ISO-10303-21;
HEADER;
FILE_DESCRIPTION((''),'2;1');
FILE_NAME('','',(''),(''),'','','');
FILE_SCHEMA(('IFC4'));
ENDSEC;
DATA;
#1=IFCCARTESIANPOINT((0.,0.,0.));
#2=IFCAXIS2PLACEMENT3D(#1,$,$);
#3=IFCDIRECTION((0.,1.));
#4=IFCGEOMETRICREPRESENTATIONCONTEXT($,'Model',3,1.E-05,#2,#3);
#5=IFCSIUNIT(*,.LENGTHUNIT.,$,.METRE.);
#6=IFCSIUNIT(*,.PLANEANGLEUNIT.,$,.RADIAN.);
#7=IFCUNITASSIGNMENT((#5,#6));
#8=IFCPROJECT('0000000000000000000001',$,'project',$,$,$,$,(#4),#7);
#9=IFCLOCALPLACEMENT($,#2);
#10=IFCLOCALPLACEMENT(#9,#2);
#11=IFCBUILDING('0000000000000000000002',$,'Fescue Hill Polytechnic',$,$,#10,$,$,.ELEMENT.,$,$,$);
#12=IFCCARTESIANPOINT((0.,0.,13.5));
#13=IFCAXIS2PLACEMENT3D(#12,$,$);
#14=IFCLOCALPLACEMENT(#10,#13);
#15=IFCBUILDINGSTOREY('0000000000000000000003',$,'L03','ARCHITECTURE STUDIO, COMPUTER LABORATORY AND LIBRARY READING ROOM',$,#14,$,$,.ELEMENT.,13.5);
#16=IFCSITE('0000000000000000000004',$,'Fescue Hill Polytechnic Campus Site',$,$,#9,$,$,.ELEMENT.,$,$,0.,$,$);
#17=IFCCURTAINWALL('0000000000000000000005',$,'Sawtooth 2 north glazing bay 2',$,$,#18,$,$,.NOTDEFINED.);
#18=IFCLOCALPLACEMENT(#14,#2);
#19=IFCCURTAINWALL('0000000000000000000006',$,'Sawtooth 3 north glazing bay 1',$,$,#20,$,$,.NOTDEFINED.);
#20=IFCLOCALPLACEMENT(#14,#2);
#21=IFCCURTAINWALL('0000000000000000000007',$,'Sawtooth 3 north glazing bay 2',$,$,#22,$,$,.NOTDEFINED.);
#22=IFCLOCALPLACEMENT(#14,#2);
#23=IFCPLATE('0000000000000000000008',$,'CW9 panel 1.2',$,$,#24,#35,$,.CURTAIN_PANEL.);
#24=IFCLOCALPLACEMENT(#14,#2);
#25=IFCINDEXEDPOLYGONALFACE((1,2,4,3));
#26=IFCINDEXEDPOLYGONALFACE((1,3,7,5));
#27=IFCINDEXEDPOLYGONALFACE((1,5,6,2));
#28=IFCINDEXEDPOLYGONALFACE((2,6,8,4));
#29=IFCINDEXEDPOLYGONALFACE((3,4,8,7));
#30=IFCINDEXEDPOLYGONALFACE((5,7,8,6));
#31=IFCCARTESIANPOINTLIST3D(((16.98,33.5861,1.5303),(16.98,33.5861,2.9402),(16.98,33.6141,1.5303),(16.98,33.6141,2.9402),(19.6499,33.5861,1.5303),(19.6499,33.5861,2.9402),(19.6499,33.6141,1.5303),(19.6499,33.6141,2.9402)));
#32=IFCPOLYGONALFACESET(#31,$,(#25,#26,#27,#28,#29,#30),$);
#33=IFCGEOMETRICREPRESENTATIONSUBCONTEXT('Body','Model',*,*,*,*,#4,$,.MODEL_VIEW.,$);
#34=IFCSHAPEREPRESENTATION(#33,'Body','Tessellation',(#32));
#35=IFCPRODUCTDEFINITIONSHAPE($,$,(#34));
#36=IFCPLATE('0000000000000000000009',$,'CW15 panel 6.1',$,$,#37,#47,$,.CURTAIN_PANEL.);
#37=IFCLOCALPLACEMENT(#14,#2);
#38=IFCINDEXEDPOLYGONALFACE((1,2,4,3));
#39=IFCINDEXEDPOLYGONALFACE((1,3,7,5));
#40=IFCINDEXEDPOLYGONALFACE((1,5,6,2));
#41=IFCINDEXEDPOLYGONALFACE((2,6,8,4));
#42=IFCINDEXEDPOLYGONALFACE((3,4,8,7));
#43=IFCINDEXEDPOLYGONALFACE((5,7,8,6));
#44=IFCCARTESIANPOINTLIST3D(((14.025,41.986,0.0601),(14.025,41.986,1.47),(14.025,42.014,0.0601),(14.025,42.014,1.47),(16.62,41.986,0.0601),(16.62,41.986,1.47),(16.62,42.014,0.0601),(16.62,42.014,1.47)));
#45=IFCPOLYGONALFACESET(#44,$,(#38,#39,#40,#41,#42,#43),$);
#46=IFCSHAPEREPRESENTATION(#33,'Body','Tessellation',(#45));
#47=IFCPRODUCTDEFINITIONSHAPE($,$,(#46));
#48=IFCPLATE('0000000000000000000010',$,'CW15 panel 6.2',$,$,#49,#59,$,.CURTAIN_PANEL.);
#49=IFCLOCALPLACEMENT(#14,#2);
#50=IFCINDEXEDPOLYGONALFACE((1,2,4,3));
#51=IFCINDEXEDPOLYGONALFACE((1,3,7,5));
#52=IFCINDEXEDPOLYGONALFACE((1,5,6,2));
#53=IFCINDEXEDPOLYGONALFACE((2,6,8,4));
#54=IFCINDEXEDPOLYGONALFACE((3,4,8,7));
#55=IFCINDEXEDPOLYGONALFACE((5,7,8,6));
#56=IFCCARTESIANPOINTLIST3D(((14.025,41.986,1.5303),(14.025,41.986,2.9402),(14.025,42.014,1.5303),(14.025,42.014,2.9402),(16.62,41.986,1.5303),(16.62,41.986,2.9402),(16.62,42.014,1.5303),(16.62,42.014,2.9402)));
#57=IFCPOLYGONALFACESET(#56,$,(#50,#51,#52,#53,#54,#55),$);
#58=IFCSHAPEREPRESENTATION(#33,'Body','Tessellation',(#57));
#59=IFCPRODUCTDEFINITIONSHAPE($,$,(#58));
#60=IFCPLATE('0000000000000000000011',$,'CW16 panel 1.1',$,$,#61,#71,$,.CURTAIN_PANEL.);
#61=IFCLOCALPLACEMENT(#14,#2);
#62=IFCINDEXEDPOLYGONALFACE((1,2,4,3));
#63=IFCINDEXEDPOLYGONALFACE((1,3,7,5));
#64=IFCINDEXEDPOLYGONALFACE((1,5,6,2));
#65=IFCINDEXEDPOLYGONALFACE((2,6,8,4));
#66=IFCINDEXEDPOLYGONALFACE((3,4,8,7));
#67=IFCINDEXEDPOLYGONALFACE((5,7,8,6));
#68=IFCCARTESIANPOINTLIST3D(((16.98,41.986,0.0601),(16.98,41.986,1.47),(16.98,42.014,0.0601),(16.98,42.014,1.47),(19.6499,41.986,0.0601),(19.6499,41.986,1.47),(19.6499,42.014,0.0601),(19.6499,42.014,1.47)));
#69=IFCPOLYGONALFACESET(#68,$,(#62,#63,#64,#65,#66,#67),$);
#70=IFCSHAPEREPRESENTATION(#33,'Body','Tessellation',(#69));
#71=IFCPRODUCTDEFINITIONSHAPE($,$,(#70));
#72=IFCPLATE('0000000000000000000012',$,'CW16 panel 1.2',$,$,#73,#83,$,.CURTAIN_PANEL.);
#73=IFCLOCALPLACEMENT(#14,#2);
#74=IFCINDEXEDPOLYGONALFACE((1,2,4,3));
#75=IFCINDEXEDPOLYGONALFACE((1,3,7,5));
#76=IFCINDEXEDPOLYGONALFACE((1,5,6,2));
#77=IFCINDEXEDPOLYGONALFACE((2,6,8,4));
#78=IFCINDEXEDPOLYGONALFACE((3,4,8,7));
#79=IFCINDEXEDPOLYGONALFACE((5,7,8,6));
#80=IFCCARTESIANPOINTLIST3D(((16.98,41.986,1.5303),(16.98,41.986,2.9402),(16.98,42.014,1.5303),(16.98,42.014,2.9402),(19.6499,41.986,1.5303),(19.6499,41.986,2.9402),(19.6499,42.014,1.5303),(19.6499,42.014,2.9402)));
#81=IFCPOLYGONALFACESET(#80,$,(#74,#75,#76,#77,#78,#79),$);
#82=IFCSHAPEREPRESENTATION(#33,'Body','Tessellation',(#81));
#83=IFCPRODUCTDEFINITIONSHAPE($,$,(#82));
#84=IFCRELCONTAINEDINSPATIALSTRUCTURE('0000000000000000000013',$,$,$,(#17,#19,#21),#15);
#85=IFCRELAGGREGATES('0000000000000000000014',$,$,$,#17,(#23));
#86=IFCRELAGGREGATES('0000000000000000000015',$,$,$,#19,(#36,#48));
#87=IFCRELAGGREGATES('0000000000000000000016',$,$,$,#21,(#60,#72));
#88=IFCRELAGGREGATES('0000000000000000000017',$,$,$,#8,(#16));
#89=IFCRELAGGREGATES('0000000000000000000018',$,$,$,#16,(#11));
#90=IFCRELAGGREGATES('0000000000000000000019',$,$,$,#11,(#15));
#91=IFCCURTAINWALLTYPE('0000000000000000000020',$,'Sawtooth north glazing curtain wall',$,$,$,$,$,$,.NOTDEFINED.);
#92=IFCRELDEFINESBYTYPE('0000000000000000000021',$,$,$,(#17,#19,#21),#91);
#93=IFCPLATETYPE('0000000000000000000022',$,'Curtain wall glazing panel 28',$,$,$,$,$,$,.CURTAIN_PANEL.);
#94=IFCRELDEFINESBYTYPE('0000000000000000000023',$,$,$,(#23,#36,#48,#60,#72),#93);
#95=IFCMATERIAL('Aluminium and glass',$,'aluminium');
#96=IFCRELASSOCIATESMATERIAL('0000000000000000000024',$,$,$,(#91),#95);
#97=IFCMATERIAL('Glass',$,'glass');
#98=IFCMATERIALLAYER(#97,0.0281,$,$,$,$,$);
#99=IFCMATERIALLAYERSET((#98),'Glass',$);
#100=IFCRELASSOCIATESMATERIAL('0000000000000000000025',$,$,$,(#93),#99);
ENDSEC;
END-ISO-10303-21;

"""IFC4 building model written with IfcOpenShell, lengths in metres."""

from ifc_helpers import new_model, si_unit, direction, frame, origin, origin_2d, place, context, subcontext, project, spatial, rectangle, extrude, material, layer, layer_set, type_object, element, aggregate, save


model = new_model("IFC4")

# Units and contexts
model_context = context("Model", 3, precision=1e-05, world=origin(), true_north=direction((0.0, 1.0)))
body_context = subcontext(model_context, "Body", "Model", "MODEL_VIEW")
ifc_project = project(units=[si_unit("LENGTHUNIT", "METRE"), si_unit("PLANEANGLEUNIT", "RADIAN")], contexts=[model_context])

# Site, building, storey
site_placement = place(None, origin())
site = spatial("IfcSite", under=ifc_project, at=site_placement, Name="Fescue Hill Polytechnic Campus Site", CompositionType="ELEMENT", RefElevation=0.0)
building_placement = place(site_placement, origin())
building = spatial("IfcBuilding", under=site, at=building_placement, Name="Fescue Hill Polytechnic", CompositionType="ELEMENT")
storey_placement = place(building_placement, frame((0.0, 0.0, 13.5)))
storey = spatial("IfcBuildingStorey", under=building, at=storey_placement, Name="L03", Description="ARCHITECTURE STUDIO, COMPUTER LABORATORY AND LIBRARY READING ROOM", CompositionType="ELEMENT", Elevation=13.5)

# Curtain wall
ifc_material_1 = material(Name="Aluminium and glass", Category="aluminium")
curtain_wall_type = type_object("IfcCurtainWallType", Name="Sawtooth north glazing curtain wall", PredefinedType="NOTDEFINED", material=ifc_material_1)
curtain_wall_1_placement = place(storey_placement, origin())
curtain_wall_1 = element("IfcCurtainWall", 1, at=curtain_wall_1_placement, inside=storey, type_object=curtain_wall_type, Name="Sawtooth 2 north glazing bay 2", PredefinedType="NOTDEFINED")

# Curtain walls
curtain_wall_2_placement = place(storey_placement, origin())
curtain_wall_2 = element("IfcCurtainWall", 2, at=curtain_wall_2_placement, inside=storey, type_object=curtain_wall_type, Name="Sawtooth 3 north glazing bay 1", PredefinedType="NOTDEFINED")
curtain_wall_3_placement = place(storey_placement, origin())
curtain_wall_3 = element("IfcCurtainWall", 3, at=curtain_wall_3_placement, inside=storey, type_object=curtain_wall_type, Name="Sawtooth 3 north glazing bay 2", PredefinedType="NOTDEFINED")

# Plates
ifc_material_2 = material(Name="Glass", Category="glass")
ifc_layer = layer(ifc_material_2, 0.0281)
ifc_layer_set = layer_set([ifc_layer], Name="Glass")
plate_type = type_object("IfcPlateType", Name="Curtain wall glazing panel 28", PredefinedType="CURTAIN_PANEL", material=ifc_layer_set)
plate_1_placement = place(storey_placement, frame((18.3149, 33.6001, 1.5303), z_axis=(0.0, 0.0, 1.0), x_axis=(1.0, 0.0, 0.0)))
plate_1 = element("IfcPlate", 4, at=plate_1_placement, type_object=plate_type, Name="CW9 panel 1.2", PredefinedType="CURTAIN_PANEL", context=body_context, shape_type="SweptSolid", body=[
    extrude(rectangle(XDim=2.6699, YDim=0.0281, at=origin_2d()), origin(), (0.0, 0.0, 1.0), 1.4099),
])
aggregate(curtain_wall_1, [plate_1])
plate_2_placement = place(storey_placement, frame((15.3225, 42.0, 0.0601), z_axis=(0.0, 0.0, 1.0), x_axis=(1.0, 0.0, 0.0)))
plate_2 = element("IfcPlate", 5, at=plate_2_placement, type_object=plate_type, Name="CW15 panel 6.1", PredefinedType="CURTAIN_PANEL", context=body_context, shape_type="SweptSolid", body=[
    extrude(rectangle(XDim=2.595, YDim=0.0281, at=origin_2d()), origin(), (0.0, 0.0, 1.0), 1.4099),
])
plate_3_placement = place(storey_placement, frame((15.3225, 42.0, 1.5303), z_axis=(0.0, 0.0, 1.0), x_axis=(1.0, 0.0, 0.0)))
plate_3 = element("IfcPlate", 6, at=plate_3_placement, type_object=plate_type, Name="CW15 panel 6.2", PredefinedType="CURTAIN_PANEL", context=body_context, shape_type="SweptSolid", body=[
    extrude(rectangle(XDim=2.595, YDim=0.0281, at=origin_2d()), origin(), (0.0, 0.0, 1.0), 1.4099),
])
aggregate(curtain_wall_2, [plate_2, plate_3])
plate_4_placement = place(storey_placement, frame((18.3149, 42.0, 0.0601), z_axis=(0.0, 0.0, 1.0), x_axis=(1.0, 0.0, 0.0)))
plate_4 = element("IfcPlate", 7, at=plate_4_placement, type_object=plate_type, Name="CW16 panel 1.1", PredefinedType="CURTAIN_PANEL", context=body_context, shape_type="SweptSolid", body=[
    extrude(rectangle(XDim=2.6699, YDim=0.0281, at=origin_2d()), origin(), (0.0, 0.0, 1.0), 1.4099),
])
plate_5_placement = place(storey_placement, frame((18.3149, 42.0, 1.5303), z_axis=(0.0, 0.0, 1.0), x_axis=(1.0, 0.0, 0.0)))
plate_5 = element("IfcPlate", 8, at=plate_5_placement, type_object=plate_type, Name="CW16 panel 1.2", PredefinedType="CURTAIN_PANEL", context=body_context, shape_type="SweptSolid", body=[
    extrude(rectangle(XDim=2.6699, YDim=0.0281, at=origin_2d()), origin(), (0.0, 0.0, 1.0), 1.4099),
])
aggregate(curtain_wall_3, [plate_4, plate_5])

save(model, "model.ifc")
